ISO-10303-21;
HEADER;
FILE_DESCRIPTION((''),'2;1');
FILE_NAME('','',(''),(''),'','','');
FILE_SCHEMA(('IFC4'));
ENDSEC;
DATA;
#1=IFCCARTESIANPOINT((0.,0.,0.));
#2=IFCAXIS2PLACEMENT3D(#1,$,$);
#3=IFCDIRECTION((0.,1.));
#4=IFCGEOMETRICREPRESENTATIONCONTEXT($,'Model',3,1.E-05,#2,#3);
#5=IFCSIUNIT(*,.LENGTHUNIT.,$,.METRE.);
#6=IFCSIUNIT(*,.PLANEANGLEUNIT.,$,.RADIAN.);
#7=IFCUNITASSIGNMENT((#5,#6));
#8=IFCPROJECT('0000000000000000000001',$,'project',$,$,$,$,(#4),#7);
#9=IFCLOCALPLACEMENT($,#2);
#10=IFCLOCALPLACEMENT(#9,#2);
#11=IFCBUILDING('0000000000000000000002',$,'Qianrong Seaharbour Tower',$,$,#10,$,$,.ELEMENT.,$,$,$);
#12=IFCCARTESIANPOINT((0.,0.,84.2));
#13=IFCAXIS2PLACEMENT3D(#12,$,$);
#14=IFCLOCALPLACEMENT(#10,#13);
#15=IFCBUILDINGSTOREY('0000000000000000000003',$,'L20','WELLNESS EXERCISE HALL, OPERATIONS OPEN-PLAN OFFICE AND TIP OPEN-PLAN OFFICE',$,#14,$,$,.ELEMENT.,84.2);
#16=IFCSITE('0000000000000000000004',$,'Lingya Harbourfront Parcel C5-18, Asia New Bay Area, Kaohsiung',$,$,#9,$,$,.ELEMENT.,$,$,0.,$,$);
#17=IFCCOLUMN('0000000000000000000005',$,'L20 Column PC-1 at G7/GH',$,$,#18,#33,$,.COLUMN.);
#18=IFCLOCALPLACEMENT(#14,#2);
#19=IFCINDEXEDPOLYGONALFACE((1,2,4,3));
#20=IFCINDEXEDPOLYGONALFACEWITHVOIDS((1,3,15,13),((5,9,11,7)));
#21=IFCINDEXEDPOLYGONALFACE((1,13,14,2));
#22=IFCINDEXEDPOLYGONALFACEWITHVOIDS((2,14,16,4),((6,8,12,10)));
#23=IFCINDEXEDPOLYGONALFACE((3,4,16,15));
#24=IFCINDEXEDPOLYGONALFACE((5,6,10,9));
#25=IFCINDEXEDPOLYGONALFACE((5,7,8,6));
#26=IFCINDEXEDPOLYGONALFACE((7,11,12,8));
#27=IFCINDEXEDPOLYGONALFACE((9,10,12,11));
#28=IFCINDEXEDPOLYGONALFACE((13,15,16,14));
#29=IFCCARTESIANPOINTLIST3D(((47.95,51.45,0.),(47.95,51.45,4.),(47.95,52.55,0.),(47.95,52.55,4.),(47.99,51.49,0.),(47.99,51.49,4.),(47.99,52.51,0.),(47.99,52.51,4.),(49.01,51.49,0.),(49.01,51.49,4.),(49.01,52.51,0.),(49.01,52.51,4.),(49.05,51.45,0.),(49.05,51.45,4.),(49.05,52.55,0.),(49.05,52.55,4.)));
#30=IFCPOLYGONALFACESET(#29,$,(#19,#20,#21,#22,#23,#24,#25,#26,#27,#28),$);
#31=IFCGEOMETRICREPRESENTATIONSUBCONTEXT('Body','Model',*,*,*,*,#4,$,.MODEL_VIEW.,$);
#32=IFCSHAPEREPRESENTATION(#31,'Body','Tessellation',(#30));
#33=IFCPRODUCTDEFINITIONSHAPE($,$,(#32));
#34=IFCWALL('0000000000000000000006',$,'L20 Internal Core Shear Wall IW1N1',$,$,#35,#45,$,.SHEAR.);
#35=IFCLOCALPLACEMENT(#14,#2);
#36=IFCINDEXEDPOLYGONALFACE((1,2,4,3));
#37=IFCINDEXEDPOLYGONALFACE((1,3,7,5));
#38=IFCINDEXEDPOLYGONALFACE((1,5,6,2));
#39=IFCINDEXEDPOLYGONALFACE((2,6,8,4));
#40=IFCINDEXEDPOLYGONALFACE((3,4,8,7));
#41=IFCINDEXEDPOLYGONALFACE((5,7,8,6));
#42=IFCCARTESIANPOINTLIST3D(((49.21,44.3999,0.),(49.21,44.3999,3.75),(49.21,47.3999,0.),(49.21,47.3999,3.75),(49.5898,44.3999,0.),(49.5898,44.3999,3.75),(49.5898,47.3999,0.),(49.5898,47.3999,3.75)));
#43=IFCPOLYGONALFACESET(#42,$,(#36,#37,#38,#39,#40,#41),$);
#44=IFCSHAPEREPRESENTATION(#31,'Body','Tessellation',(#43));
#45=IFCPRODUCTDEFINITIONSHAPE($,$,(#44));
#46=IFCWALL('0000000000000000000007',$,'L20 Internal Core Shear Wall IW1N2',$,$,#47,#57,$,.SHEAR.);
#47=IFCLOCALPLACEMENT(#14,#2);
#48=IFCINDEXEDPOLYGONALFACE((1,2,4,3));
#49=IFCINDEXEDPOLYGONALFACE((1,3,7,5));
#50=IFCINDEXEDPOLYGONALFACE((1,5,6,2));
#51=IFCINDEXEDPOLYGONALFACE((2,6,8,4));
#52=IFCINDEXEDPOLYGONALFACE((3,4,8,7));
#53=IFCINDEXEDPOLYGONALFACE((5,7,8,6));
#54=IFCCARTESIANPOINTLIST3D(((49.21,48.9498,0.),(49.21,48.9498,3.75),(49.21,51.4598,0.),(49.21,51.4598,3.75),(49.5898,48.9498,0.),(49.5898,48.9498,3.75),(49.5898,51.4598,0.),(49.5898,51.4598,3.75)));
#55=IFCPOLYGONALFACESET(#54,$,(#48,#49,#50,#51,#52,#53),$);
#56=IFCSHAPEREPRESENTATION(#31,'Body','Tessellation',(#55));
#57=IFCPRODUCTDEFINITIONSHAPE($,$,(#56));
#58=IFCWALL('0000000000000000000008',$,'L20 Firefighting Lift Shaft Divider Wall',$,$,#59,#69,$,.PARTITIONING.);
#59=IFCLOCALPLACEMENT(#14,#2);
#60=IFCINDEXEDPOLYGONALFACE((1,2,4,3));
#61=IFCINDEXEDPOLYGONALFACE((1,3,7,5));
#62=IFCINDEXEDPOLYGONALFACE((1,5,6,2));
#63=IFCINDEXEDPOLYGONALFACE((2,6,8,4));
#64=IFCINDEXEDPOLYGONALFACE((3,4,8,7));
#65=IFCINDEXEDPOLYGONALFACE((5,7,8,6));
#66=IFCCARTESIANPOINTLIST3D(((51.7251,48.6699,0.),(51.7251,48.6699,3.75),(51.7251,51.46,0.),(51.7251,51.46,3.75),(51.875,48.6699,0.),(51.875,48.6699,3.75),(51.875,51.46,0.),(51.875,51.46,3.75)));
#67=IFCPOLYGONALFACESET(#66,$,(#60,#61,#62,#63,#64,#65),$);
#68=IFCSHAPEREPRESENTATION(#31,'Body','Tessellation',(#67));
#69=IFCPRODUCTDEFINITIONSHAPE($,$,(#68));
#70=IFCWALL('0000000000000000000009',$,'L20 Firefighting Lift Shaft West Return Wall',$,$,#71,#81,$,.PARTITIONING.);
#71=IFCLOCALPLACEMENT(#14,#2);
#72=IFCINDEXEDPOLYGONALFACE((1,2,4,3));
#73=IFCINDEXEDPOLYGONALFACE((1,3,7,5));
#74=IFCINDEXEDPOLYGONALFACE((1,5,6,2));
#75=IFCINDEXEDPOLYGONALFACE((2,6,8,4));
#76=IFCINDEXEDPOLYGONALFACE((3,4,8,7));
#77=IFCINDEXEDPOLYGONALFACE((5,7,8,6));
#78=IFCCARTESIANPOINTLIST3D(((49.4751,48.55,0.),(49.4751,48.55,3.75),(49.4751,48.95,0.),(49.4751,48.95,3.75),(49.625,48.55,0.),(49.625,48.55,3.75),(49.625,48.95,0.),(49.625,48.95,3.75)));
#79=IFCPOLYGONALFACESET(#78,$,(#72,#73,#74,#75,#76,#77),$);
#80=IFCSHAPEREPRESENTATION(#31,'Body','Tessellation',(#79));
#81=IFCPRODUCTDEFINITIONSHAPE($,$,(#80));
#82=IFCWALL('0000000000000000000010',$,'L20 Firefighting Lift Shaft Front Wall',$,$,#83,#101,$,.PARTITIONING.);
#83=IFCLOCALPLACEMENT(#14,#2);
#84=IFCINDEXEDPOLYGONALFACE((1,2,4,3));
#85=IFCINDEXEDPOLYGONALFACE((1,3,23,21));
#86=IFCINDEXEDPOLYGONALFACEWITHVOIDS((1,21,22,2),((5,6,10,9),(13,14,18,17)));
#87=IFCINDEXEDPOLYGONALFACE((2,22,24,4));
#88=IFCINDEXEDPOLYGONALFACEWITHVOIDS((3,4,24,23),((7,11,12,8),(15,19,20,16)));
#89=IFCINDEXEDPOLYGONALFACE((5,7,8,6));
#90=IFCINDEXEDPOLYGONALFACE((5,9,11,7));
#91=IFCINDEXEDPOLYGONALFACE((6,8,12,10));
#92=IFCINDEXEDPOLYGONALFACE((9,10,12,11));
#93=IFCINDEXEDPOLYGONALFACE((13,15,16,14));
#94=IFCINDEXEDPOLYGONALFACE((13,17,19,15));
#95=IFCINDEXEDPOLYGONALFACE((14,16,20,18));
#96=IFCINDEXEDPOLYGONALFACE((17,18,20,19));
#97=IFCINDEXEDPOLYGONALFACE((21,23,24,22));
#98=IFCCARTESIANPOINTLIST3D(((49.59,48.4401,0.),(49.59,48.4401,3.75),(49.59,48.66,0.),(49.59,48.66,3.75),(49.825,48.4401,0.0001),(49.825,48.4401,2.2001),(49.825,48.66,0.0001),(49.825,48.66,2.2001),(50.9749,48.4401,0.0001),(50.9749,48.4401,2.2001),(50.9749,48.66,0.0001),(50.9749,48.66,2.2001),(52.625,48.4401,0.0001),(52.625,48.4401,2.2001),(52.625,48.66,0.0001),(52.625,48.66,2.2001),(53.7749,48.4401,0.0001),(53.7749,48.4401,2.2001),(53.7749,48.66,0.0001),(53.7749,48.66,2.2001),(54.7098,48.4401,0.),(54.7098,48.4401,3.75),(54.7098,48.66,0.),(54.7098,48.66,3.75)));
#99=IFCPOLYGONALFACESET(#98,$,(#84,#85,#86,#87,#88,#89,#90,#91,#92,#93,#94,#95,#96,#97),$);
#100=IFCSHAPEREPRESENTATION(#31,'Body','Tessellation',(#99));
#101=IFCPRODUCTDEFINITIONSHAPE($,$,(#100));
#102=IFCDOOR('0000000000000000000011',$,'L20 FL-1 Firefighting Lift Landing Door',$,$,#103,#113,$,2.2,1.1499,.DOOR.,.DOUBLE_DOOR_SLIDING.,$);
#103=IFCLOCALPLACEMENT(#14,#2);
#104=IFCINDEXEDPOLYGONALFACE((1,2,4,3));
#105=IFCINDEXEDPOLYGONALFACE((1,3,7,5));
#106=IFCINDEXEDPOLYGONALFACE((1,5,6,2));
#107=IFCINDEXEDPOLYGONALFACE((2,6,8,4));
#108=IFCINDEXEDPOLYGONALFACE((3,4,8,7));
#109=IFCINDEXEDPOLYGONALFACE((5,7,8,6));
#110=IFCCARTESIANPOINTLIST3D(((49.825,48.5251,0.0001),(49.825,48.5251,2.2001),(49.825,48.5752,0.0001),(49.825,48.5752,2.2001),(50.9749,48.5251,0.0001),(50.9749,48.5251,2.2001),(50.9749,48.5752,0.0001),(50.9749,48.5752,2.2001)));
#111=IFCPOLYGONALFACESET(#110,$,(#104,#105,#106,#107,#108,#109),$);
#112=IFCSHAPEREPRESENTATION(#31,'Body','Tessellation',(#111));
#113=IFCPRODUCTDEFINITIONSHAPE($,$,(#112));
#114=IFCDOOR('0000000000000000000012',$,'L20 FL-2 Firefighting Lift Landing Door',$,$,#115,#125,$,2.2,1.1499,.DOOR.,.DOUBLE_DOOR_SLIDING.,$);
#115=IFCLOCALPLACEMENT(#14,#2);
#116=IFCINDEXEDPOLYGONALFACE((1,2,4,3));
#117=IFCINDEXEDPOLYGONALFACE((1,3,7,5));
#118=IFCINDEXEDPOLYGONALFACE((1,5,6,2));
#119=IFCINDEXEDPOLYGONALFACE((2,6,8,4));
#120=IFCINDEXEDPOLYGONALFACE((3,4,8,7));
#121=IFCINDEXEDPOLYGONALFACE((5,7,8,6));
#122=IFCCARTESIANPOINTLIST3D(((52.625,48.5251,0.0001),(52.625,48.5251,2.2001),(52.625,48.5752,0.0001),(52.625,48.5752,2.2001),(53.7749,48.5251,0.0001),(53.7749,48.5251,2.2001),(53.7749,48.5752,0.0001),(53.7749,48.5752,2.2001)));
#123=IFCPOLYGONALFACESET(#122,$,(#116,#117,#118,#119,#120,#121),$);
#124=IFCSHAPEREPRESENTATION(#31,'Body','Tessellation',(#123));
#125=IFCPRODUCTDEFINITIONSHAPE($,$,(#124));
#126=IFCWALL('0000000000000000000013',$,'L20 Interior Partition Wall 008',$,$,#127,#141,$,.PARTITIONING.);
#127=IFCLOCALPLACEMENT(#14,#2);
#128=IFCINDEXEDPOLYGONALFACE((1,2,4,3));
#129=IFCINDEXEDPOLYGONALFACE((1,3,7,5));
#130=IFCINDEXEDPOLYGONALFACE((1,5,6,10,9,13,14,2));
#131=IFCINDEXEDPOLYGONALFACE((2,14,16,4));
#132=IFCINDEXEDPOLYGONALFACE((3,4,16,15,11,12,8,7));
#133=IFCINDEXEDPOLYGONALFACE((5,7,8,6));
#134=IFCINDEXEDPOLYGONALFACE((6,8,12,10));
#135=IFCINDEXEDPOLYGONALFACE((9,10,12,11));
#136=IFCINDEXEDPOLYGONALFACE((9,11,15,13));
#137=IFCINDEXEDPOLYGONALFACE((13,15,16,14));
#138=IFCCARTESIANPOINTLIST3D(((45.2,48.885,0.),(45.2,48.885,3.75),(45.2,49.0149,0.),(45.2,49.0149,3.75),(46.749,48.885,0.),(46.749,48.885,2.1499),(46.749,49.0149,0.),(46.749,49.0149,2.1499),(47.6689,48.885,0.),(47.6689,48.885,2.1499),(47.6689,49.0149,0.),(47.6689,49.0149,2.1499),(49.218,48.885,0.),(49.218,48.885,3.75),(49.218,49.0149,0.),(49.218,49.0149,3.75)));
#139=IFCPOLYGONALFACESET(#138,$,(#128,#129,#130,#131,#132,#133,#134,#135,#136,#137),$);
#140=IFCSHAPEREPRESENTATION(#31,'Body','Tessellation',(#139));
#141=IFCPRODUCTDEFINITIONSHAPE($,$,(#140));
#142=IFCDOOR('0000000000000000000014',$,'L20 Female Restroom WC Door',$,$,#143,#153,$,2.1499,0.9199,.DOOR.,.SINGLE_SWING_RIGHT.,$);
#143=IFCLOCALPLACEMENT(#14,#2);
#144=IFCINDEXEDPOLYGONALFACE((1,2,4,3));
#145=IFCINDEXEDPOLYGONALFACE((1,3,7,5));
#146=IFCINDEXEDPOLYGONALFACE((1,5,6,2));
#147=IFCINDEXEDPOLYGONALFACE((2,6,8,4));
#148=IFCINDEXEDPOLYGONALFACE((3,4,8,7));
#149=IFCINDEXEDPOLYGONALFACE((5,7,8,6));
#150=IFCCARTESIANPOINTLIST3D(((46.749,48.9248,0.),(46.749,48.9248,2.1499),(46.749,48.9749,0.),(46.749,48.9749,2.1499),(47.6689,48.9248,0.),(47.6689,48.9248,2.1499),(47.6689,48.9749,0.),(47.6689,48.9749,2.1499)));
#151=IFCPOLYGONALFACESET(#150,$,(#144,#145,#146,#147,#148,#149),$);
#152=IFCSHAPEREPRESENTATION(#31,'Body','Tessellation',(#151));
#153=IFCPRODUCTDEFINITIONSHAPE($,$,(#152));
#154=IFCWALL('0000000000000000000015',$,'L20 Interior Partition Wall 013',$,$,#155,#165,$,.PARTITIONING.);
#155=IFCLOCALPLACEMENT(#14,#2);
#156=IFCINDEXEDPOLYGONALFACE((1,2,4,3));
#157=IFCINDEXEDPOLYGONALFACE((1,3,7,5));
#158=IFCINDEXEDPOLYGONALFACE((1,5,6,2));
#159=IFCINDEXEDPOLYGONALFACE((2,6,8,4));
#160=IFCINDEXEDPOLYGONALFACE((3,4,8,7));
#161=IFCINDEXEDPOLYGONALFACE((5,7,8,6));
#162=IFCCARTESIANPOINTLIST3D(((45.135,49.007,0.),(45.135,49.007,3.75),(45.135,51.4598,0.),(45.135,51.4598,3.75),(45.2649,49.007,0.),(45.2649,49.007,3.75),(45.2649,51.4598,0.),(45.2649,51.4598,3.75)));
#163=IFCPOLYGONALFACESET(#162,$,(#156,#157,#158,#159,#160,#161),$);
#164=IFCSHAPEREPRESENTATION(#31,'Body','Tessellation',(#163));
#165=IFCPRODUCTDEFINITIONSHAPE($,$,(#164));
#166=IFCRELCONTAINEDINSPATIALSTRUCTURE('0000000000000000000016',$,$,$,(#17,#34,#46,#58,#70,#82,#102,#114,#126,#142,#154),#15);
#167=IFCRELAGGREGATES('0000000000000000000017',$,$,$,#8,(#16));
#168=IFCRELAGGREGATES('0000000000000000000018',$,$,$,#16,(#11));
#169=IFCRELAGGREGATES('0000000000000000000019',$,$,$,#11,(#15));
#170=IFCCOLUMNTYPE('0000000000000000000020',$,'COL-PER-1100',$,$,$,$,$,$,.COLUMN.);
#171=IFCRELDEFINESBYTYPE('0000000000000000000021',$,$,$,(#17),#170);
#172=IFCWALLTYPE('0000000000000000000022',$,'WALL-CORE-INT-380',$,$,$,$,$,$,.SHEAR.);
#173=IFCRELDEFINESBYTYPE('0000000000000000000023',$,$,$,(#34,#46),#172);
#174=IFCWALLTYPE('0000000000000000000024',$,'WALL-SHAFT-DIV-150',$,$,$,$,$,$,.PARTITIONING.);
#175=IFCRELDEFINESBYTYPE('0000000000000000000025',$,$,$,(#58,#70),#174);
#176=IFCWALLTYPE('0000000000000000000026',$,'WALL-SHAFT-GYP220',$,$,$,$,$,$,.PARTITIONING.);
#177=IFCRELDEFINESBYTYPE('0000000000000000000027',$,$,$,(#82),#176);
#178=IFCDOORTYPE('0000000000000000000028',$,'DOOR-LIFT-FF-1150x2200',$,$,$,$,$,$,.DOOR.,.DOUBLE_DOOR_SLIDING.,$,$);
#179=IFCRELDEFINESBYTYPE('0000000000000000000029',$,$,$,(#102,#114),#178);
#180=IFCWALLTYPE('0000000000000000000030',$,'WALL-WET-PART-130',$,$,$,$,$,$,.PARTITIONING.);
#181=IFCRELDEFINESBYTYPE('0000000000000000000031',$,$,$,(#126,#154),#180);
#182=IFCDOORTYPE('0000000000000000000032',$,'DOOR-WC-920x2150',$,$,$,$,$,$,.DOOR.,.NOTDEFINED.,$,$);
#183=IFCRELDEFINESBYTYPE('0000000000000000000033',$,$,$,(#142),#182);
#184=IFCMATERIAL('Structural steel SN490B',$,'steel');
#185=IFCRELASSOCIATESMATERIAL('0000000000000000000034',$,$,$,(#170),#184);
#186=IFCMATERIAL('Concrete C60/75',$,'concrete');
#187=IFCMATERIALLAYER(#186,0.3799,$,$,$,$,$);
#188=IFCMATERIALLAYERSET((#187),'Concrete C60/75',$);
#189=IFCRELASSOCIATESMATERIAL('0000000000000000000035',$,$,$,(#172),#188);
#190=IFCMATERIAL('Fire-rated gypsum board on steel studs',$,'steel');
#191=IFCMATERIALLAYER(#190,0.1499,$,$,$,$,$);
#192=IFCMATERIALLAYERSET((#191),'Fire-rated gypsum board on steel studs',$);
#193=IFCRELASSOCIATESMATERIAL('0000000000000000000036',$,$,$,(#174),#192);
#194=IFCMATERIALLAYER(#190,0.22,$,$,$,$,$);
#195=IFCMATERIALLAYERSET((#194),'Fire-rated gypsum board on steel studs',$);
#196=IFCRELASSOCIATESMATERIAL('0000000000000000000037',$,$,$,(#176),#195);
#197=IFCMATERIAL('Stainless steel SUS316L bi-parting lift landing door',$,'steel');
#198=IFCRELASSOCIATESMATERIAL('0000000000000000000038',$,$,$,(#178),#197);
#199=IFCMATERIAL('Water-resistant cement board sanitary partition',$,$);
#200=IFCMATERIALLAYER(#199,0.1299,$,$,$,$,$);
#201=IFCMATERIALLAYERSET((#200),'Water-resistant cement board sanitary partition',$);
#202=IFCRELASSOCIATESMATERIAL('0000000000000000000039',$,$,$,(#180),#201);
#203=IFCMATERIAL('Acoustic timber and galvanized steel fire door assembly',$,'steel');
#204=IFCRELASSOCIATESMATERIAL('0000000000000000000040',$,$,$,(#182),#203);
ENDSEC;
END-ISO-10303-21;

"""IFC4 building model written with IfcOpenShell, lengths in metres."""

from ifc_helpers import new_model, si_unit, direction, frame, frame_2d, origin, origin_2d, place, context, subcontext, project, spatial, rectangle, hollow_rectangle, extrude, material, layer, layer_set, material_profile, profile_set, type_object, element, fill, save


model = new_model("IFC4")

# Units and contexts
model_context = context("Model", 3, precision=1e-05, world=origin(), true_north=direction((0.0, 1.0)))
body_context = subcontext(model_context, "Body", "Model", "MODEL_VIEW")
ifc_project = project(units=[si_unit("LENGTHUNIT", "METRE"), si_unit("PLANEANGLEUNIT", "RADIAN")], contexts=[model_context])

# Site, building, storey
site_placement = place(None, origin())
site = spatial("IfcSite", under=ifc_project, at=site_placement, Name="Lingya Harbourfront Parcel C5-18, Asia New Bay Area, Kaohsiung", CompositionType="ELEMENT", RefElevation=0.0)
building_placement = place(site_placement, origin())
building = spatial("IfcBuilding", under=site, at=building_placement, Name="Qianrong Seaharbour Tower", CompositionType="ELEMENT")
storey_placement = place(building_placement, frame((0.0, 0.0, 84.2)))
storey = spatial("IfcBuildingStorey", under=building, at=storey_placement, Name="L20", Description="WELLNESS EXERCISE HALL, OPERATIONS OPEN-PLAN OFFICE AND TIP OPEN-PLAN OFFICE", CompositionType="ELEMENT", Elevation=84.2)

# Column
ifc_material_1 = material(Name="Structural steel SN490B", Category="steel")
ifc_material_profile = material_profile(ifc_material_1, hollow_rectangle(XDim=1.1001, YDim=1.1001, WallThickness=0.04, at=origin_2d()), Name="BOX1100x1100x40")
ifc_profile_set = profile_set([ifc_material_profile], Name="Structural steel SN490B")
column_type = type_object("IfcColumnType", Name="COL-PER-1100", PredefinedType="COLUMN", material=ifc_profile_set)
column_placement = place(storey_placement, frame((48.5, 52.0, 0.0), z_axis=(0.0, 0.0, 1.0), x_axis=(1.0, 0.0, 0.0)))
element("IfcColumn", 1, at=column_placement, inside=storey, type_object=column_type, Name="L20 Column PC-1 at G7/GH", PredefinedType="COLUMN", context=body_context, shape_type="SweptSolid", body=[
    extrude(hollow_rectangle(XDim=1.1001, YDim=1.1001, WallThickness=0.04, at=origin_2d()), origin(), (0.0, 0.0, 1.0), 4.0),
])

# Walls
ifc_material_2 = material(Name="Concrete C60/75", Category="concrete")
ifc_layer_1 = layer(ifc_material_2, 0.3799)
ifc_layer_set_1 = layer_set([ifc_layer_1], Name="Concrete C60/75")
wall_type_1 = type_object("IfcWallType", Name="WALL-CORE-INT-380", PredefinedType="SHEAR", material=ifc_layer_set_1)
wall_1_placement = place(storey_placement, frame((49.3999, 44.3999, 0.0), z_axis=(0.0, 0.0, 1.0), x_axis=(0.0, 1.0, 0.0)))
element("IfcWall", 2, at=wall_1_placement, inside=storey, type_object=wall_type_1, Name="L20 Internal Core Shear Wall IW1N1", PredefinedType="SHEAR", context=body_context, shape_type="SweptSolid", body=[
    extrude(rectangle(XDim=3.0, YDim=0.3799, at=frame_2d((1.5, 0.0))), origin(), (0.0, 0.0, 1.0), 3.75),
])
wall_2_placement = place(storey_placement, frame((49.3999, 48.95, 0.0), z_axis=(0.0, 0.0, 1.0), x_axis=(0.0, 1.0, 0.0)))
element("IfcWall", 3, at=wall_2_placement, inside=storey, type_object=wall_type_1, Name="L20 Internal Core Shear Wall IW1N2", PredefinedType="SHEAR", context=body_context, shape_type="SweptSolid", body=[
    extrude(rectangle(XDim=2.51, YDim=0.3799, at=frame_2d((1.2549, 0.0))), origin(), (0.0, 0.0, 1.0), 3.75),
])
ifc_material_3 = material(Name="Fire-rated gypsum board on steel studs", Category="steel")
ifc_layer_2 = layer(ifc_material_3, 0.1499)
ifc_layer_set_2 = layer_set([ifc_layer_2], Name="Fire-rated gypsum board on steel studs")
wall_type_2 = type_object("IfcWallType", Name="WALL-SHAFT-DIV-150", PredefinedType="PARTITIONING", material=ifc_layer_set_2)
wall_3_placement = place(storey_placement, frame((51.8, 48.6699, 0.0), z_axis=(0.0, 0.0, 1.0), x_axis=(0.0, 1.0, 0.0)))
element("IfcWall", 4, at=wall_3_placement, inside=storey, type_object=wall_type_2, Name="L20 Firefighting Lift Shaft Divider Wall", PredefinedType="PARTITIONING", context=body_context, shape_type="SweptSolid", body=[
    extrude(rectangle(XDim=2.79, YDim=0.1499, at=frame_2d((1.395, 0.0))), origin(), (0.0, 0.0, 1.0), 3.75),
])
wall_4_placement = place(storey_placement, frame((49.55, 48.55, 0.0), z_axis=(0.0, 0.0, 1.0), x_axis=(0.0, 1.0, 0.0)))
element("IfcWall", 5, at=wall_4_placement, inside=storey, type_object=wall_type_2, Name="L20 Firefighting Lift Shaft West Return Wall", PredefinedType="PARTITIONING", context=body_context, shape_type="SweptSolid", body=[
    extrude(rectangle(XDim=0.3999, YDim=0.1499, at=frame_2d((0.2, 0.0))), origin(), (0.0, 0.0, 1.0), 3.75),
])

# Wall, openings, doors
ifc_layer_3 = layer(ifc_material_3, 0.22)
ifc_layer_set_3 = layer_set([ifc_layer_3], Name="Fire-rated gypsum board on steel studs")
wall_type_3 = type_object("IfcWallType", Name="WALL-SHAFT-GYP220", PredefinedType="PARTITIONING", material=ifc_layer_set_3)
wall_5_placement = place(storey_placement, frame((54.71, 48.55, 0.0), z_axis=(0.0, 0.0, 1.0), x_axis=(-1.0, 0.0, 0.0)))
wall_5 = element("IfcWall", 6, at=wall_5_placement, inside=storey, type_object=wall_type_3, Name="L20 Firefighting Lift Shaft Front Wall", PredefinedType="PARTITIONING", context=body_context, shape_type="SweptSolid", body=[
    extrude(rectangle(XDim=5.1199, YDim=0.22, at=frame_2d((2.5601, 0.0))), origin(), (0.0, 0.0, 1.0), 3.75),
])
opening_1_placement = place(wall_5_placement, frame((3.7351, 0.0, 0.0)))
opening_1 = element("IfcOpeningElement", 7, at=opening_1_placement, cuts=wall_5, PredefinedType="OPENING", context=body_context, shape_type="SweptSolid", body=[
    extrude(rectangle(XDim=1.1499, YDim=2.2, at=frame_2d((0.575, 1.1001))), frame((0.0, 0.1201, 0.0), z_axis=(0.0, -1.0, 0.0), x_axis=(1.0, 0.0, 0.0)), (0.0, 0.0, 1.0), 0.24),
])
opening_2_placement = place(wall_5_placement, frame((0.9351, 0.0, 0.0)))
opening_2 = element("IfcOpeningElement", 8, at=opening_2_placement, cuts=wall_5, PredefinedType="OPENING", context=body_context, shape_type="SweptSolid", body=[
    extrude(rectangle(XDim=1.1499, YDim=2.2, at=frame_2d((0.575, 1.1001))), frame((0.0, 0.1201, 0.0), z_axis=(0.0, -1.0, 0.0), x_axis=(1.0, 0.0, 0.0)), (0.0, 0.0, 1.0), 0.24),
])
ifc_material_4 = material(Name="Stainless steel SUS316L bi-parting lift landing door", Category="steel")
door_type_1 = type_object("IfcDoorType", Name="DOOR-LIFT-FF-1150x2200", OperationType="DOUBLE_DOOR_SLIDING", PredefinedType="DOOR", material=ifc_material_4)
door_1_placement = place(opening_1_placement, origin())
door_1 = element("IfcDoor", 9, at=door_1_placement, inside=storey, type_object=door_type_1, Name="L20 FL-1 Firefighting Lift Landing Door", OperationType="DOUBLE_DOOR_SLIDING", OverallHeight=2.2, OverallWidth=1.1499, PredefinedType="DOOR", context=body_context, shape_type="SweptSolid", body=[
    extrude(rectangle(XDim=1.1499, YDim=2.2, at=frame_2d((0.575, 1.1001))), frame((0.0, 0.0249, 0.0), z_axis=(0.0, -1.0, 0.0), x_axis=(1.0, 0.0, 0.0)), (0.0, 0.0, 1.0), 0.05),
])
fill(opening_1, door_1)
door_2_placement = place(opening_2_placement, origin())
door_2 = element("IfcDoor", 10, at=door_2_placement, inside=storey, type_object=door_type_1, Name="L20 FL-2 Firefighting Lift Landing Door", OperationType="DOUBLE_DOOR_SLIDING", OverallHeight=2.2, OverallWidth=1.1499, PredefinedType="DOOR", context=body_context, shape_type="SweptSolid", body=[
    extrude(rectangle(XDim=1.1499, YDim=2.2, at=frame_2d((0.575, 1.1001))), frame((0.0, 0.0249, 0.0), z_axis=(0.0, -1.0, 0.0), x_axis=(1.0, 0.0, 0.0)), (0.0, 0.0, 1.0), 0.05),
])
fill(opening_2, door_2)

# Wall, opening, door
ifc_material_5 = material(Name="Water-resistant cement board sanitary partition")
ifc_layer_4 = layer(ifc_material_5, 0.1299)
ifc_layer_set_4 = layer_set([ifc_layer_4], Name="Water-resistant cement board sanitary partition")
wall_type_4 = type_object("IfcWallType", Name="WALL-WET-PART-130", PredefinedType="PARTITIONING", material=ifc_layer_set_4)
wall_6_placement = place(storey_placement, frame((45.2, 48.95, 0.0), z_axis=(0.0, 0.0, 1.0), x_axis=(1.0, 0.0, 0.0)))
wall_6 = element("IfcWall", 11, at=wall_6_placement, inside=storey, type_object=wall_type_4, Name="L20 Interior Partition Wall 008", PredefinedType="PARTITIONING", context=body_context, shape_type="SweptSolid", body=[
    extrude(rectangle(XDim=4.0181, YDim=0.1299, at=frame_2d((2.009, 0.0))), origin(), (0.0, 0.0, 1.0), 3.75),
])
opening_3_placement = place(wall_6_placement, frame((1.5491, 0.0, 0.0)))
opening_3 = element("IfcOpeningElement", 12, at=opening_3_placement, cuts=wall_6, PredefinedType="OPENING", context=body_context, shape_type="SweptSolid", body=[
    extrude(rectangle(XDim=0.9199, YDim=2.1499, at=frame_2d((0.46, 1.075))), frame((0.0, 0.075, 0.0), z_axis=(0.0, -1.0, 0.0), x_axis=(1.0, 0.0, 0.0)), (0.0, 0.0, 1.0), 0.1499),
])
ifc_material_6 = material(Name="Acoustic timber and galvanized steel fire door assembly", Category="steel")
door_type_2 = type_object("IfcDoorType", Name="DOOR-WC-920x2150", OperationType="NOTDEFINED", PredefinedType="DOOR", material=ifc_material_6)
door_3_placement = place(opening_3_placement, origin())
door_3 = element("IfcDoor", 13, at=door_3_placement, inside=storey, type_object=door_type_2, Name="L20 Female Restroom WC Door", OperationType="SINGLE_SWING_RIGHT", OverallHeight=2.1499, OverallWidth=0.9199, PredefinedType="DOOR", context=body_context, shape_type="SweptSolid", body=[
    extrude(rectangle(XDim=0.9199, YDim=2.1499, at=frame_2d((0.46, 1.075))), frame((0.0, 0.0249, 0.0), z_axis=(0.0, -1.0, 0.0), x_axis=(1.0, 0.0, 0.0)), (0.0, 0.0, 1.0), 0.05),
])
fill(opening_3, door_3)

# Wall
wall_7_placement = place(storey_placement, frame((45.2, 51.46, 0.0), z_axis=(0.0, 0.0, 1.0), x_axis=(0.0, -1.0, 0.0)))
element("IfcWall", 14, at=wall_7_placement, inside=storey, type_object=wall_type_4, Name="L20 Interior Partition Wall 013", PredefinedType="PARTITIONING", context=body_context, shape_type="SweptSolid", body=[
    extrude(rectangle(XDim=2.4529, YDim=0.1299, at=frame_2d((1.2266, 0.0))), origin(), (0.0, 0.0, 1.0), 3.75),
])

save(model, "model.ifc")
